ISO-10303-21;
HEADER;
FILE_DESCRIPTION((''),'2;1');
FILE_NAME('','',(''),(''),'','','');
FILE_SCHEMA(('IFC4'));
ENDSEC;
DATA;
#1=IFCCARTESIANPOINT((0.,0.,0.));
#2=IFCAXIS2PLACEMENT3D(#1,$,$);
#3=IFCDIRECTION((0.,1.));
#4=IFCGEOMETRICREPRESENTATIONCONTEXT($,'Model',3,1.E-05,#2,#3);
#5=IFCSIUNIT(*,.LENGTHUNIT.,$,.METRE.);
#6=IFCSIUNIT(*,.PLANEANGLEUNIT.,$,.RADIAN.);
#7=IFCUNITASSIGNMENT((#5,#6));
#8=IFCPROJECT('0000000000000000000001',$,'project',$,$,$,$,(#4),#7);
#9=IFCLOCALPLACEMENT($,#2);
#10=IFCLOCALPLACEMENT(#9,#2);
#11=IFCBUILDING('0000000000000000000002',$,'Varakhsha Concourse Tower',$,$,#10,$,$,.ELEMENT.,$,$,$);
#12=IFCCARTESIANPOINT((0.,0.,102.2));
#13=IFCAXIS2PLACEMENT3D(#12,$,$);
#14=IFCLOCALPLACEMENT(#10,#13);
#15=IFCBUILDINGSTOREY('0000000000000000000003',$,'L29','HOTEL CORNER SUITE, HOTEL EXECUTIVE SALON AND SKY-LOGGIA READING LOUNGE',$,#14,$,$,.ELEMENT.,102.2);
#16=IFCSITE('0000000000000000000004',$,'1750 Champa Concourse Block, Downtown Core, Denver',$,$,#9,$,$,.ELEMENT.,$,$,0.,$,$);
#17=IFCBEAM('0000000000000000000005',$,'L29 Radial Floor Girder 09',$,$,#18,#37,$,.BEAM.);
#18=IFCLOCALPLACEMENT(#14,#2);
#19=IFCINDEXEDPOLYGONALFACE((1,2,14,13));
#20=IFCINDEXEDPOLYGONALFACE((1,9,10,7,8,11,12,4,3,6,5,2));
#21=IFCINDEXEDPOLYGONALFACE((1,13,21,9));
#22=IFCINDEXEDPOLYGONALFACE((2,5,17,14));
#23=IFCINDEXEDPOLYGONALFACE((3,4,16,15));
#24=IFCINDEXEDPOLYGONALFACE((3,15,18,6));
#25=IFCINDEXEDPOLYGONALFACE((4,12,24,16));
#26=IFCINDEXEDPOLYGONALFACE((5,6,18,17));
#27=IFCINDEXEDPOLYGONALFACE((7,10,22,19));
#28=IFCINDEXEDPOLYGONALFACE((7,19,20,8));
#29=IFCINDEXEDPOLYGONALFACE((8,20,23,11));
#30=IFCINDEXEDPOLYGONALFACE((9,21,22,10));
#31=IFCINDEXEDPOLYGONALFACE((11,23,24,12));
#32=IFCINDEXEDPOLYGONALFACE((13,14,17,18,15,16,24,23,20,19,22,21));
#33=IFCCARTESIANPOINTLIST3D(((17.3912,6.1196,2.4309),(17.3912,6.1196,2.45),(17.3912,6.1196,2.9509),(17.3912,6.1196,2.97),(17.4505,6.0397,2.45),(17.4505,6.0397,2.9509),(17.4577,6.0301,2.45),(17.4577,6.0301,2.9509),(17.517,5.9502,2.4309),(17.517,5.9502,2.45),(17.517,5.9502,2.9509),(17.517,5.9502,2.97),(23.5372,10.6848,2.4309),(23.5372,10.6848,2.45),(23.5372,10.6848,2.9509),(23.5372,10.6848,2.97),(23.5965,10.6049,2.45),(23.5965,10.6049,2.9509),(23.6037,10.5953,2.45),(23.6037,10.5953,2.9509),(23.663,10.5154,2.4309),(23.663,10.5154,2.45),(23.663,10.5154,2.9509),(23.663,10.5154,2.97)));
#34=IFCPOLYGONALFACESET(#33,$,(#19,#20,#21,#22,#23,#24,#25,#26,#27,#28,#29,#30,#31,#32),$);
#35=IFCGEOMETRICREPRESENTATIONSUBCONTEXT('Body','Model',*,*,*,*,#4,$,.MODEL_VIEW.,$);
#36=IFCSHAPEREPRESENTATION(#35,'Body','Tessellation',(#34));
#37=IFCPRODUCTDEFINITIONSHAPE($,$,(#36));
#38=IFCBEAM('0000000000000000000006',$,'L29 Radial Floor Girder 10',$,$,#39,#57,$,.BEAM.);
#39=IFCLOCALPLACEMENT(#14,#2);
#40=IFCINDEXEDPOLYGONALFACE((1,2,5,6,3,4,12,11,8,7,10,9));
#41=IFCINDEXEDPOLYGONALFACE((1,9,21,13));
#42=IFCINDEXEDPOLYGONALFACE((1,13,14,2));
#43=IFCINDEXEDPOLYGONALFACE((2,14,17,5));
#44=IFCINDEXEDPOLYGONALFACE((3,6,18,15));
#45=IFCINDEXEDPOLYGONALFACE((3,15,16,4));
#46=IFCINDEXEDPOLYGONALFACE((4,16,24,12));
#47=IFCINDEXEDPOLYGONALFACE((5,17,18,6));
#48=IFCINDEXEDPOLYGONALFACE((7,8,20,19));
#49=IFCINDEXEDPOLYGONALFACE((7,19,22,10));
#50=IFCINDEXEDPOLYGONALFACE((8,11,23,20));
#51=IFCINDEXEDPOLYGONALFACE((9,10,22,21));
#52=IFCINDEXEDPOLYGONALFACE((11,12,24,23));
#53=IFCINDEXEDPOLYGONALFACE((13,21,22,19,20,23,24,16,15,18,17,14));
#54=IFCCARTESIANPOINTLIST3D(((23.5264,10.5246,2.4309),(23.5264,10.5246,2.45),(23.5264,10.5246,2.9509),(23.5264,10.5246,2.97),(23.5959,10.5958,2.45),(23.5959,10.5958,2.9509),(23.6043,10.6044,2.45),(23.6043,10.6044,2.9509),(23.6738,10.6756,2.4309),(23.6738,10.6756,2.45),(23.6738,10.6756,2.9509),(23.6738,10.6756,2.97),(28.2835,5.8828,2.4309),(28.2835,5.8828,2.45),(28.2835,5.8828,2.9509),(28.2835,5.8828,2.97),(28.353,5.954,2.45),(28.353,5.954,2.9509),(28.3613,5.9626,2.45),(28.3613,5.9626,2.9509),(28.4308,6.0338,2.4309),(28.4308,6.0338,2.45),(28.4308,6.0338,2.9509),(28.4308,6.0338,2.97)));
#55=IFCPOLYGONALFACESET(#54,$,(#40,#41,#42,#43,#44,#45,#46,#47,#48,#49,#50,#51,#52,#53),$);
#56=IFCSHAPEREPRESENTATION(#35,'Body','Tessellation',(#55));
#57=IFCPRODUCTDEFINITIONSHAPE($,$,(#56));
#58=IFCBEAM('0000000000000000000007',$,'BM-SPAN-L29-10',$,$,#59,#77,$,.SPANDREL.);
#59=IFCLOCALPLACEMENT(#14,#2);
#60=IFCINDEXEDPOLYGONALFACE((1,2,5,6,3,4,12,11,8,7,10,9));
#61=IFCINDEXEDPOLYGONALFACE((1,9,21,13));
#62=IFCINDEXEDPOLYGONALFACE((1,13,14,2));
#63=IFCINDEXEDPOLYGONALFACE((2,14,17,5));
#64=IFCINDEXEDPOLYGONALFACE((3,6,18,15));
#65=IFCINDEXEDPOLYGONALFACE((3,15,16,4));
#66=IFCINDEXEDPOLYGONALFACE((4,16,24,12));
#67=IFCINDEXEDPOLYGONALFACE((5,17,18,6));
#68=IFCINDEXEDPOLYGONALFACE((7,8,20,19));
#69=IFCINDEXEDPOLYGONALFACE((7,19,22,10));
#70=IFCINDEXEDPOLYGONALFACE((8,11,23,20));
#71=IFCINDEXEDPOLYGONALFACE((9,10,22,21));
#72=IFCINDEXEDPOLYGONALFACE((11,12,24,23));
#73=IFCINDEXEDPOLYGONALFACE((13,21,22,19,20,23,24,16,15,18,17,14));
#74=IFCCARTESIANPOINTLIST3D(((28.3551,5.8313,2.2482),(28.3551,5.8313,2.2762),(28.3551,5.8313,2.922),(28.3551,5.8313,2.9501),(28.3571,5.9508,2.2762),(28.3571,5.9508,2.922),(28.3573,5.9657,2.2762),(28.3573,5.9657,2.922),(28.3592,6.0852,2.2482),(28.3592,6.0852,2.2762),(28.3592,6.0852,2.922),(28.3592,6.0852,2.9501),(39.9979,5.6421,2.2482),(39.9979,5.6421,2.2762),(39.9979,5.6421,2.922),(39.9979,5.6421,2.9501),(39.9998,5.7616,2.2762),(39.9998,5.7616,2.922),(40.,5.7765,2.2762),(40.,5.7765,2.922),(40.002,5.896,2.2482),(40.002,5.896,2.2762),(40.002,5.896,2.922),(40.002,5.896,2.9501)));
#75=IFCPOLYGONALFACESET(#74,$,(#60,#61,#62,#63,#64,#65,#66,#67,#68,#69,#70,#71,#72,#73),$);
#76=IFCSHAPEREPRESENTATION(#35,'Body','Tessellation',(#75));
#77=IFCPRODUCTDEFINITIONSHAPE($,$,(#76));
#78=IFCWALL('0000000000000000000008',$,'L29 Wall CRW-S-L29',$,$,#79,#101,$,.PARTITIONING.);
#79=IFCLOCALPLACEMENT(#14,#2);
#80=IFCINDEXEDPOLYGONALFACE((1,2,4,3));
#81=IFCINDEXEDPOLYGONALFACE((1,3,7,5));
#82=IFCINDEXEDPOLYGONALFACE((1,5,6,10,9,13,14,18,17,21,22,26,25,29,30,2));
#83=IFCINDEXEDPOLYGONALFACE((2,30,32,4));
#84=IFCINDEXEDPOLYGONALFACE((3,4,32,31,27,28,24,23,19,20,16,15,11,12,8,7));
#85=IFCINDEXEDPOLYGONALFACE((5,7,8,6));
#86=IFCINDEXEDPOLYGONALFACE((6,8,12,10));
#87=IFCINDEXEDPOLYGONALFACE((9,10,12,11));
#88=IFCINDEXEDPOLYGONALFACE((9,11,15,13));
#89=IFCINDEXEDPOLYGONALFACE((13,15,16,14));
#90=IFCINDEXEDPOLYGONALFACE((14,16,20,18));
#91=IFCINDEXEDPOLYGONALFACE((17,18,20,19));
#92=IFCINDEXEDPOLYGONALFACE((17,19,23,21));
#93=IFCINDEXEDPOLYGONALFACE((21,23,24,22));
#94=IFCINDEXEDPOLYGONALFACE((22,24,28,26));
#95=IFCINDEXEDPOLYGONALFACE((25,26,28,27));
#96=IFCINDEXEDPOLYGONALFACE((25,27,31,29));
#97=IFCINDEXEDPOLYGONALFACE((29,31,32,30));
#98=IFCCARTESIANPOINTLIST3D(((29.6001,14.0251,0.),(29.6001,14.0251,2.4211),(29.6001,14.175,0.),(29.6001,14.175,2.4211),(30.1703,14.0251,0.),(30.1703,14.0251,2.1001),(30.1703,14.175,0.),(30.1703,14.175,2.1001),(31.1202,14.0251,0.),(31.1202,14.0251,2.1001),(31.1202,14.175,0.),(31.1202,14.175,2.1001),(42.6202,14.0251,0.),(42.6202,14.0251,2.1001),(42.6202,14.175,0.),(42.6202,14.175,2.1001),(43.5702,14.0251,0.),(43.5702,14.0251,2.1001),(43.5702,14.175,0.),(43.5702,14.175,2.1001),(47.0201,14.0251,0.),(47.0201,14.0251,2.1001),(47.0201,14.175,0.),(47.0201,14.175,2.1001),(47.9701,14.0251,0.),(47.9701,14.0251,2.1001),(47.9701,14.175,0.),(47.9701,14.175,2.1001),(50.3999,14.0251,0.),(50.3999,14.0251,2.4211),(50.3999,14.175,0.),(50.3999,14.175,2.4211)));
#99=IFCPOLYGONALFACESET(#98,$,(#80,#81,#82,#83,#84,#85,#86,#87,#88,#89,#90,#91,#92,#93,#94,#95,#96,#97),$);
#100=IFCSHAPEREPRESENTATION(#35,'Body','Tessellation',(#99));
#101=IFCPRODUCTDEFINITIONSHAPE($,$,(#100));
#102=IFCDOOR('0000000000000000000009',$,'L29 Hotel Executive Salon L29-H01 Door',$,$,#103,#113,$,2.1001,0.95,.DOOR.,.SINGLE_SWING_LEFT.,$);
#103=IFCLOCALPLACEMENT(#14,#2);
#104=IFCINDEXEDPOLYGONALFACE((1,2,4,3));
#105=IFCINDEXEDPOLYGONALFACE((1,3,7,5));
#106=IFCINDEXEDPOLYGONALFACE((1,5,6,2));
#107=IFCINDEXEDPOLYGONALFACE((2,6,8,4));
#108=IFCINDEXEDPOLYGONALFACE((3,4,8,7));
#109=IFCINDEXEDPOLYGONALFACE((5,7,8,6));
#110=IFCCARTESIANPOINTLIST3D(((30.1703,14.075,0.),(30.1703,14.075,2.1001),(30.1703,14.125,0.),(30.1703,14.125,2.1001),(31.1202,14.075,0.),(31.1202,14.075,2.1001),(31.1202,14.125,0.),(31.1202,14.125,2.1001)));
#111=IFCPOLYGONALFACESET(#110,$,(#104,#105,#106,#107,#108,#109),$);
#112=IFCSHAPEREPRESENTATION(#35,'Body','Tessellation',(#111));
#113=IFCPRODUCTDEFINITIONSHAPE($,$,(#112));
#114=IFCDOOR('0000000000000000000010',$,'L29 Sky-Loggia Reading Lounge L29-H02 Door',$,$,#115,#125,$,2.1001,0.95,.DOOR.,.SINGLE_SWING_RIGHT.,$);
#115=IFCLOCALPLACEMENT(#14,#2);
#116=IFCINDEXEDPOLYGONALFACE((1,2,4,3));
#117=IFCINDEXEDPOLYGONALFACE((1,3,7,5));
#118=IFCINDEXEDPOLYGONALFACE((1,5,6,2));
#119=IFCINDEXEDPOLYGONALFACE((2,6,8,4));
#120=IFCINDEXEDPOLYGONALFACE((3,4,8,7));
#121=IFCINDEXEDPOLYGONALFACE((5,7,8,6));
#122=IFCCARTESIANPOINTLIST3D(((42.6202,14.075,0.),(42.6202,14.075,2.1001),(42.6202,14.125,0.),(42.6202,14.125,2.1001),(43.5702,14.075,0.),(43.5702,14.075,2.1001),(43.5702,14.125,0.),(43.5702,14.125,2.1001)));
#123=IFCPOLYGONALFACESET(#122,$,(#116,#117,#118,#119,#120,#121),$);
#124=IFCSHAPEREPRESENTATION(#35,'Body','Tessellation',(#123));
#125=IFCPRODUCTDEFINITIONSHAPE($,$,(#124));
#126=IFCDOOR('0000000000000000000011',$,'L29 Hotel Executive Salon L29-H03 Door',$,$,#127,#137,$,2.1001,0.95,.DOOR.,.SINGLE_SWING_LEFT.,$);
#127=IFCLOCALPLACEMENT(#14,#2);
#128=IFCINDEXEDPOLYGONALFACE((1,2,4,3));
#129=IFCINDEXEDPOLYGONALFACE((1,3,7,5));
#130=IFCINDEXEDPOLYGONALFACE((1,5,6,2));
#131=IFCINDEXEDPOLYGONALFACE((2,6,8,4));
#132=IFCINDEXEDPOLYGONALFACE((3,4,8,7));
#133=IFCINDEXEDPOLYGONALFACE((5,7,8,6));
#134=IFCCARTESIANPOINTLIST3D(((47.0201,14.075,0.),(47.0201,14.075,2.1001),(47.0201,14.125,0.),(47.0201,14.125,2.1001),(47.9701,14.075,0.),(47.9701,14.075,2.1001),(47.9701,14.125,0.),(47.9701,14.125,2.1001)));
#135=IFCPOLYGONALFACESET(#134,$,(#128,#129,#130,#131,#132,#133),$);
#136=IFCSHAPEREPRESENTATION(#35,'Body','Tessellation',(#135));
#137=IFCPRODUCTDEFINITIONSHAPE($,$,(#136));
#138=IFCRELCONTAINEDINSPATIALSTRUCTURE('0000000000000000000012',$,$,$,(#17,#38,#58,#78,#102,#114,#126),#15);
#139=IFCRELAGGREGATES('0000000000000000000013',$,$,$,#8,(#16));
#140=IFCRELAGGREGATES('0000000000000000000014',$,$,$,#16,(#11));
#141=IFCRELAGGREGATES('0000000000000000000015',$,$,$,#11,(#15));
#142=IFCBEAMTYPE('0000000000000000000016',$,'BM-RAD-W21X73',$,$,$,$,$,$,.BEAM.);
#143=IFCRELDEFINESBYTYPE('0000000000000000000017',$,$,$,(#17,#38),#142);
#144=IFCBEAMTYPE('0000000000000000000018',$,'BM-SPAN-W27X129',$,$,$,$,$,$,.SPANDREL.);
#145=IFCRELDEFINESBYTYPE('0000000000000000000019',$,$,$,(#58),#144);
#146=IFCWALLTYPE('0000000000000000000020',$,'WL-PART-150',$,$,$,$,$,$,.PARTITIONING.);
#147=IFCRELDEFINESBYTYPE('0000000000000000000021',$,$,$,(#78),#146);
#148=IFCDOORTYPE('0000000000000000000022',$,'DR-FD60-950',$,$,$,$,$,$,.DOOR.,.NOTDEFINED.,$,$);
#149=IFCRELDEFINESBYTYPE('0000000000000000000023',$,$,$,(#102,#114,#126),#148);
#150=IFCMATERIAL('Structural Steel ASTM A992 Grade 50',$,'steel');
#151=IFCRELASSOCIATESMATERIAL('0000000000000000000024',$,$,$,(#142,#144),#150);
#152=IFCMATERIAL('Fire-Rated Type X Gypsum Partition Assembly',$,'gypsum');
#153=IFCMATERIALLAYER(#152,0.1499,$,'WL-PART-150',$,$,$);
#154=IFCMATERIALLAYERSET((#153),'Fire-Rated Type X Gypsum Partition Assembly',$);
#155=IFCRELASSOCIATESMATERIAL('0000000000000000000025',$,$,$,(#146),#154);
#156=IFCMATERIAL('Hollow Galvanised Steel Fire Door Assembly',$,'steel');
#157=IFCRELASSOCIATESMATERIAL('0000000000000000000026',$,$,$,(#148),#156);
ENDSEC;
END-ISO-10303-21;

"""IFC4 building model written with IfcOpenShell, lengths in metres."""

from ifc_helpers import new_model, si_unit, direction, frame, frame_2d, origin, origin_2d, place, context, subcontext, project, spatial, rectangle, i_section, extrude, material, layer, layer_set, material_profile, profile_set, type_object, element, fill, save


model = new_model("IFC4")

# Units and contexts
model_context = context("Model", 3, precision=1e-05, world=origin(), true_north=direction((0.0, 1.0)))
body_context = subcontext(model_context, "Body", "Model", "MODEL_VIEW")
ifc_project = project(units=[si_unit("LENGTHUNIT", "METRE"), si_unit("PLANEANGLEUNIT", "RADIAN")], contexts=[model_context])

# Site, building, storey
site_placement = place(None, origin())
site = spatial("IfcSite", under=ifc_project, at=site_placement, Name="1750 Champa Concourse Block, Downtown Core, Denver", CompositionType="ELEMENT", RefElevation=0.0)
building_placement = place(site_placement, origin())
building = spatial("IfcBuilding", under=site, at=building_placement, Name="Varakhsha Concourse Tower", CompositionType="ELEMENT")
storey_placement = place(building_placement, frame((0.0, 0.0, 102.2)))
storey = spatial("IfcBuildingStorey", under=building, at=storey_placement, Name="L29", Description="HOTEL CORNER SUITE, HOTEL EXECUTIVE SALON AND SKY-LOGGIA READING LOUNGE", CompositionType="ELEMENT", Elevation=102.2)

# Shared definitions
ifc_material_1 = material(Name="Structural Steel ASTM A992 Grade 50", Category="steel")

# Beams
ifc_material_profile_1 = material_profile(ifc_material_1, i_section(OverallWidth=0.2109, OverallDepth=0.5391, WebThickness=0.012, FlangeThickness=0.019, at=origin_2d()), Name="W21X73")
ifc_profile_set_1 = profile_set([ifc_material_profile_1], Name="Structural Steel ASTM A992 Grade 50")
beam_type_1 = type_object("IfcBeamType", Name="BM-RAD-W21X73", PredefinedType="BEAM", material=ifc_profile_set_1)
beam_1_placement = place(storey_placement, frame((23.6001, 10.6001, 2.7004), z_axis=(-0.80277, -0.596289, 0.0), x_axis=(0.596289, -0.80277, 0.0)))
element("IfcBeam", 1, at=beam_1_placement, inside=storey, type_object=beam_type_1, Name="L29 Radial Floor Girder 09", PredefinedType="BEAM", context=body_context, shape_type="SweptSolid", body=[
    extrude(i_section(OverallWidth=0.2109, OverallDepth=0.5391, WebThickness=0.012, FlangeThickness=0.019, at=origin_2d()), origin(), (0.0, 0.0, 1.0), 7.656),
])
beam_2_placement = place(storey_placement, frame((23.6001, 10.6001, 2.7004), z_axis=(0.715722, -0.698385, 0.0), x_axis=(0.698385, 0.715722, 0.0)))
element("IfcBeam", 2, at=beam_2_placement, inside=storey, type_object=beam_type_1, Name="L29 Radial Floor Girder 10", PredefinedType="BEAM", context=body_context, shape_type="SweptSolid", body=[
    extrude(i_section(OverallWidth=0.2109, OverallDepth=0.5391, WebThickness=0.012, FlangeThickness=0.019, at=origin_2d()), origin(), (0.0, 0.0, 1.0), 6.6465),
])
ifc_material_profile_2 = material_profile(ifc_material_1, i_section(OverallWidth=0.2539, OverallDepth=0.7019, WebThickness=0.0149, FlangeThickness=0.0281, at=origin_2d()), Name="W27X129")
ifc_profile_set_2 = profile_set([ifc_material_profile_2], Name="Structural Steel ASTM A992 Grade 50")
beam_type_2 = type_object("IfcBeamType", Name="BM-SPAN-W27X129", PredefinedType="SPANDREL", material=ifc_profile_set_2)
beam_3_placement = place(storey_placement, frame((28.3572, 5.9583, 2.5991), z_axis=(0.999868, -0.016249, 0.0), x_axis=(0.016249, 0.999868, 0.0)))
element("IfcBeam", 3, at=beam_3_placement, inside=storey, type_object=beam_type_2, Name="BM-SPAN-L29-10", PredefinedType="SPANDREL", context=body_context, shape_type="SweptSolid", body=[
    extrude(i_section(OverallWidth=0.2539, OverallDepth=0.7019, WebThickness=0.0149, FlangeThickness=0.0281, at=origin_2d()), origin(), (0.0, 0.0, 1.0), 11.6443),
])

# Wall, openings, doors
ifc_material_2 = material(Name="Fire-Rated Type X Gypsum Partition Assembly", Category="gypsum")
ifc_layer = layer(ifc_material_2, 0.1499, Name="WL-PART-150")
ifc_layer_set = layer_set([ifc_layer], Name="Fire-Rated Type X Gypsum Partition Assembly")
wall_type = type_object("IfcWallType", Name="WL-PART-150", PredefinedType="PARTITIONING", material=ifc_layer_set)
wall_1_placement = place(storey_placement, frame((29.6001, 14.1001, 0.0), z_axis=(0.0, 0.0, 1.0), x_axis=(1.0, 0.0, 0.0)))
wall_1 = element("IfcWall", 4, at=wall_1_placement, inside=storey, type_object=wall_type, Name="L29 Wall CRW-S-L29", PredefinedType="PARTITIONING", context=body_context, shape_type="SweptSolid", body=[
    extrude(rectangle(XDim=20.7998, YDim=0.1499, at=frame_2d((10.3999, 0.0))), origin(), (0.0, 0.0, 1.0), 2.4211),
])
opening_1_placement = place(wall_1_placement, frame((0.5701, 0.0, 0.0)))
opening_1 = element("IfcOpeningElement", 5, at=opening_1_placement, cuts=wall_1, PredefinedType="OPENING", context=body_context, shape_type="SweptSolid", body=[
    extrude(rectangle(XDim=0.95, YDim=2.1001, at=frame_2d((0.4751, 1.05))), frame((0.0, 0.085, 0.0), z_axis=(0.0, -1.0, 0.0), x_axis=(1.0, 0.0, 0.0)), (0.0, 0.0, 1.0), 0.1699),
])
opening_2_placement = place(wall_1_placement, frame((13.02, 0.0, 0.0)))
opening_2 = element("IfcOpeningElement", 6, at=opening_2_placement, cuts=wall_1, PredefinedType="OPENING", context=body_context, shape_type="SweptSolid", body=[
    extrude(rectangle(XDim=0.95, YDim=2.1001, at=frame_2d((0.4751, 1.05))), frame((0.0, 0.085, 0.0), z_axis=(0.0, -1.0, 0.0), x_axis=(1.0, 0.0, 0.0)), (0.0, 0.0, 1.0), 0.1699),
])
opening_3_placement = place(wall_1_placement, frame((17.4199, 0.0, 0.0)))
opening_3 = element("IfcOpeningElement", 7, at=opening_3_placement, cuts=wall_1, PredefinedType="OPENING", context=body_context, shape_type="SweptSolid", body=[
    extrude(rectangle(XDim=0.95, YDim=2.1001, at=frame_2d((0.4751, 1.05))), frame((0.0, 0.085, 0.0), z_axis=(0.0, -1.0, 0.0), x_axis=(1.0, 0.0, 0.0)), (0.0, 0.0, 1.0), 0.1699),
])
ifc_material_3 = material(Name="Hollow Galvanised Steel Fire Door Assembly", Category="steel")
door_type = type_object("IfcDoorType", Name="DR-FD60-950", OperationType="NOTDEFINED", PredefinedType="DOOR", material=ifc_material_3)
door_1_placement = place(opening_1_placement, origin())
door_1 = element("IfcDoor", 8, at=door_1_placement, inside=storey, type_object=door_type, Name="L29 Hotel Executive Salon L29-H01 Door", OperationType="SINGLE_SWING_LEFT", OverallHeight=2.1001, OverallWidth=0.95, PredefinedType="DOOR", context=body_context, shape_type="SweptSolid", body=[
    extrude(rectangle(XDim=0.95, YDim=2.1001, at=frame_2d((0.4751, 1.05))), frame((0.0, 0.0249, 0.0), z_axis=(0.0, -1.0, 0.0), x_axis=(1.0, 0.0, 0.0)), (0.0, 0.0, 1.0), 0.05),
])
fill(opening_1, door_1)
door_2_placement = place(opening_2_placement, origin())
door_2 = element("IfcDoor", 9, at=door_2_placement, inside=storey, type_object=door_type, Name="L29 Sky-Loggia Reading Lounge L29-H02 Door", OperationType="SINGLE_SWING_RIGHT", OverallHeight=2.1001, OverallWidth=0.95, PredefinedType="DOOR", context=body_context, shape_type="SweptSolid", body=[
    extrude(rectangle(XDim=0.95, YDim=2.1001, at=frame_2d((0.4751, 1.05))), frame((0.0, 0.0249, 0.0), z_axis=(0.0, -1.0, 0.0), x_axis=(1.0, 0.0, 0.0)), (0.0, 0.0, 1.0), 0.05),
])
fill(opening_2, door_2)
door_3_placement = place(opening_3_placement, origin())
door_3 = element("IfcDoor", 10, at=door_3_placement, inside=storey, type_object=door_type, Name="L29 Hotel Executive Salon L29-H03 Door", OperationType="SINGLE_SWING_LEFT", OverallHeight=2.1001, OverallWidth=0.95, PredefinedType="DOOR", context=body_context, shape_type="SweptSolid", body=[
    extrude(rectangle(XDim=0.95, YDim=2.1001, at=frame_2d((0.4751, 1.05))), frame((0.0, 0.0249, 0.0), z_axis=(0.0, -1.0, 0.0), x_axis=(1.0, 0.0, 0.0)), (0.0, 0.0, 1.0), 0.05),
])
fill(opening_3, door_3)

save(model, "model.ifc")
